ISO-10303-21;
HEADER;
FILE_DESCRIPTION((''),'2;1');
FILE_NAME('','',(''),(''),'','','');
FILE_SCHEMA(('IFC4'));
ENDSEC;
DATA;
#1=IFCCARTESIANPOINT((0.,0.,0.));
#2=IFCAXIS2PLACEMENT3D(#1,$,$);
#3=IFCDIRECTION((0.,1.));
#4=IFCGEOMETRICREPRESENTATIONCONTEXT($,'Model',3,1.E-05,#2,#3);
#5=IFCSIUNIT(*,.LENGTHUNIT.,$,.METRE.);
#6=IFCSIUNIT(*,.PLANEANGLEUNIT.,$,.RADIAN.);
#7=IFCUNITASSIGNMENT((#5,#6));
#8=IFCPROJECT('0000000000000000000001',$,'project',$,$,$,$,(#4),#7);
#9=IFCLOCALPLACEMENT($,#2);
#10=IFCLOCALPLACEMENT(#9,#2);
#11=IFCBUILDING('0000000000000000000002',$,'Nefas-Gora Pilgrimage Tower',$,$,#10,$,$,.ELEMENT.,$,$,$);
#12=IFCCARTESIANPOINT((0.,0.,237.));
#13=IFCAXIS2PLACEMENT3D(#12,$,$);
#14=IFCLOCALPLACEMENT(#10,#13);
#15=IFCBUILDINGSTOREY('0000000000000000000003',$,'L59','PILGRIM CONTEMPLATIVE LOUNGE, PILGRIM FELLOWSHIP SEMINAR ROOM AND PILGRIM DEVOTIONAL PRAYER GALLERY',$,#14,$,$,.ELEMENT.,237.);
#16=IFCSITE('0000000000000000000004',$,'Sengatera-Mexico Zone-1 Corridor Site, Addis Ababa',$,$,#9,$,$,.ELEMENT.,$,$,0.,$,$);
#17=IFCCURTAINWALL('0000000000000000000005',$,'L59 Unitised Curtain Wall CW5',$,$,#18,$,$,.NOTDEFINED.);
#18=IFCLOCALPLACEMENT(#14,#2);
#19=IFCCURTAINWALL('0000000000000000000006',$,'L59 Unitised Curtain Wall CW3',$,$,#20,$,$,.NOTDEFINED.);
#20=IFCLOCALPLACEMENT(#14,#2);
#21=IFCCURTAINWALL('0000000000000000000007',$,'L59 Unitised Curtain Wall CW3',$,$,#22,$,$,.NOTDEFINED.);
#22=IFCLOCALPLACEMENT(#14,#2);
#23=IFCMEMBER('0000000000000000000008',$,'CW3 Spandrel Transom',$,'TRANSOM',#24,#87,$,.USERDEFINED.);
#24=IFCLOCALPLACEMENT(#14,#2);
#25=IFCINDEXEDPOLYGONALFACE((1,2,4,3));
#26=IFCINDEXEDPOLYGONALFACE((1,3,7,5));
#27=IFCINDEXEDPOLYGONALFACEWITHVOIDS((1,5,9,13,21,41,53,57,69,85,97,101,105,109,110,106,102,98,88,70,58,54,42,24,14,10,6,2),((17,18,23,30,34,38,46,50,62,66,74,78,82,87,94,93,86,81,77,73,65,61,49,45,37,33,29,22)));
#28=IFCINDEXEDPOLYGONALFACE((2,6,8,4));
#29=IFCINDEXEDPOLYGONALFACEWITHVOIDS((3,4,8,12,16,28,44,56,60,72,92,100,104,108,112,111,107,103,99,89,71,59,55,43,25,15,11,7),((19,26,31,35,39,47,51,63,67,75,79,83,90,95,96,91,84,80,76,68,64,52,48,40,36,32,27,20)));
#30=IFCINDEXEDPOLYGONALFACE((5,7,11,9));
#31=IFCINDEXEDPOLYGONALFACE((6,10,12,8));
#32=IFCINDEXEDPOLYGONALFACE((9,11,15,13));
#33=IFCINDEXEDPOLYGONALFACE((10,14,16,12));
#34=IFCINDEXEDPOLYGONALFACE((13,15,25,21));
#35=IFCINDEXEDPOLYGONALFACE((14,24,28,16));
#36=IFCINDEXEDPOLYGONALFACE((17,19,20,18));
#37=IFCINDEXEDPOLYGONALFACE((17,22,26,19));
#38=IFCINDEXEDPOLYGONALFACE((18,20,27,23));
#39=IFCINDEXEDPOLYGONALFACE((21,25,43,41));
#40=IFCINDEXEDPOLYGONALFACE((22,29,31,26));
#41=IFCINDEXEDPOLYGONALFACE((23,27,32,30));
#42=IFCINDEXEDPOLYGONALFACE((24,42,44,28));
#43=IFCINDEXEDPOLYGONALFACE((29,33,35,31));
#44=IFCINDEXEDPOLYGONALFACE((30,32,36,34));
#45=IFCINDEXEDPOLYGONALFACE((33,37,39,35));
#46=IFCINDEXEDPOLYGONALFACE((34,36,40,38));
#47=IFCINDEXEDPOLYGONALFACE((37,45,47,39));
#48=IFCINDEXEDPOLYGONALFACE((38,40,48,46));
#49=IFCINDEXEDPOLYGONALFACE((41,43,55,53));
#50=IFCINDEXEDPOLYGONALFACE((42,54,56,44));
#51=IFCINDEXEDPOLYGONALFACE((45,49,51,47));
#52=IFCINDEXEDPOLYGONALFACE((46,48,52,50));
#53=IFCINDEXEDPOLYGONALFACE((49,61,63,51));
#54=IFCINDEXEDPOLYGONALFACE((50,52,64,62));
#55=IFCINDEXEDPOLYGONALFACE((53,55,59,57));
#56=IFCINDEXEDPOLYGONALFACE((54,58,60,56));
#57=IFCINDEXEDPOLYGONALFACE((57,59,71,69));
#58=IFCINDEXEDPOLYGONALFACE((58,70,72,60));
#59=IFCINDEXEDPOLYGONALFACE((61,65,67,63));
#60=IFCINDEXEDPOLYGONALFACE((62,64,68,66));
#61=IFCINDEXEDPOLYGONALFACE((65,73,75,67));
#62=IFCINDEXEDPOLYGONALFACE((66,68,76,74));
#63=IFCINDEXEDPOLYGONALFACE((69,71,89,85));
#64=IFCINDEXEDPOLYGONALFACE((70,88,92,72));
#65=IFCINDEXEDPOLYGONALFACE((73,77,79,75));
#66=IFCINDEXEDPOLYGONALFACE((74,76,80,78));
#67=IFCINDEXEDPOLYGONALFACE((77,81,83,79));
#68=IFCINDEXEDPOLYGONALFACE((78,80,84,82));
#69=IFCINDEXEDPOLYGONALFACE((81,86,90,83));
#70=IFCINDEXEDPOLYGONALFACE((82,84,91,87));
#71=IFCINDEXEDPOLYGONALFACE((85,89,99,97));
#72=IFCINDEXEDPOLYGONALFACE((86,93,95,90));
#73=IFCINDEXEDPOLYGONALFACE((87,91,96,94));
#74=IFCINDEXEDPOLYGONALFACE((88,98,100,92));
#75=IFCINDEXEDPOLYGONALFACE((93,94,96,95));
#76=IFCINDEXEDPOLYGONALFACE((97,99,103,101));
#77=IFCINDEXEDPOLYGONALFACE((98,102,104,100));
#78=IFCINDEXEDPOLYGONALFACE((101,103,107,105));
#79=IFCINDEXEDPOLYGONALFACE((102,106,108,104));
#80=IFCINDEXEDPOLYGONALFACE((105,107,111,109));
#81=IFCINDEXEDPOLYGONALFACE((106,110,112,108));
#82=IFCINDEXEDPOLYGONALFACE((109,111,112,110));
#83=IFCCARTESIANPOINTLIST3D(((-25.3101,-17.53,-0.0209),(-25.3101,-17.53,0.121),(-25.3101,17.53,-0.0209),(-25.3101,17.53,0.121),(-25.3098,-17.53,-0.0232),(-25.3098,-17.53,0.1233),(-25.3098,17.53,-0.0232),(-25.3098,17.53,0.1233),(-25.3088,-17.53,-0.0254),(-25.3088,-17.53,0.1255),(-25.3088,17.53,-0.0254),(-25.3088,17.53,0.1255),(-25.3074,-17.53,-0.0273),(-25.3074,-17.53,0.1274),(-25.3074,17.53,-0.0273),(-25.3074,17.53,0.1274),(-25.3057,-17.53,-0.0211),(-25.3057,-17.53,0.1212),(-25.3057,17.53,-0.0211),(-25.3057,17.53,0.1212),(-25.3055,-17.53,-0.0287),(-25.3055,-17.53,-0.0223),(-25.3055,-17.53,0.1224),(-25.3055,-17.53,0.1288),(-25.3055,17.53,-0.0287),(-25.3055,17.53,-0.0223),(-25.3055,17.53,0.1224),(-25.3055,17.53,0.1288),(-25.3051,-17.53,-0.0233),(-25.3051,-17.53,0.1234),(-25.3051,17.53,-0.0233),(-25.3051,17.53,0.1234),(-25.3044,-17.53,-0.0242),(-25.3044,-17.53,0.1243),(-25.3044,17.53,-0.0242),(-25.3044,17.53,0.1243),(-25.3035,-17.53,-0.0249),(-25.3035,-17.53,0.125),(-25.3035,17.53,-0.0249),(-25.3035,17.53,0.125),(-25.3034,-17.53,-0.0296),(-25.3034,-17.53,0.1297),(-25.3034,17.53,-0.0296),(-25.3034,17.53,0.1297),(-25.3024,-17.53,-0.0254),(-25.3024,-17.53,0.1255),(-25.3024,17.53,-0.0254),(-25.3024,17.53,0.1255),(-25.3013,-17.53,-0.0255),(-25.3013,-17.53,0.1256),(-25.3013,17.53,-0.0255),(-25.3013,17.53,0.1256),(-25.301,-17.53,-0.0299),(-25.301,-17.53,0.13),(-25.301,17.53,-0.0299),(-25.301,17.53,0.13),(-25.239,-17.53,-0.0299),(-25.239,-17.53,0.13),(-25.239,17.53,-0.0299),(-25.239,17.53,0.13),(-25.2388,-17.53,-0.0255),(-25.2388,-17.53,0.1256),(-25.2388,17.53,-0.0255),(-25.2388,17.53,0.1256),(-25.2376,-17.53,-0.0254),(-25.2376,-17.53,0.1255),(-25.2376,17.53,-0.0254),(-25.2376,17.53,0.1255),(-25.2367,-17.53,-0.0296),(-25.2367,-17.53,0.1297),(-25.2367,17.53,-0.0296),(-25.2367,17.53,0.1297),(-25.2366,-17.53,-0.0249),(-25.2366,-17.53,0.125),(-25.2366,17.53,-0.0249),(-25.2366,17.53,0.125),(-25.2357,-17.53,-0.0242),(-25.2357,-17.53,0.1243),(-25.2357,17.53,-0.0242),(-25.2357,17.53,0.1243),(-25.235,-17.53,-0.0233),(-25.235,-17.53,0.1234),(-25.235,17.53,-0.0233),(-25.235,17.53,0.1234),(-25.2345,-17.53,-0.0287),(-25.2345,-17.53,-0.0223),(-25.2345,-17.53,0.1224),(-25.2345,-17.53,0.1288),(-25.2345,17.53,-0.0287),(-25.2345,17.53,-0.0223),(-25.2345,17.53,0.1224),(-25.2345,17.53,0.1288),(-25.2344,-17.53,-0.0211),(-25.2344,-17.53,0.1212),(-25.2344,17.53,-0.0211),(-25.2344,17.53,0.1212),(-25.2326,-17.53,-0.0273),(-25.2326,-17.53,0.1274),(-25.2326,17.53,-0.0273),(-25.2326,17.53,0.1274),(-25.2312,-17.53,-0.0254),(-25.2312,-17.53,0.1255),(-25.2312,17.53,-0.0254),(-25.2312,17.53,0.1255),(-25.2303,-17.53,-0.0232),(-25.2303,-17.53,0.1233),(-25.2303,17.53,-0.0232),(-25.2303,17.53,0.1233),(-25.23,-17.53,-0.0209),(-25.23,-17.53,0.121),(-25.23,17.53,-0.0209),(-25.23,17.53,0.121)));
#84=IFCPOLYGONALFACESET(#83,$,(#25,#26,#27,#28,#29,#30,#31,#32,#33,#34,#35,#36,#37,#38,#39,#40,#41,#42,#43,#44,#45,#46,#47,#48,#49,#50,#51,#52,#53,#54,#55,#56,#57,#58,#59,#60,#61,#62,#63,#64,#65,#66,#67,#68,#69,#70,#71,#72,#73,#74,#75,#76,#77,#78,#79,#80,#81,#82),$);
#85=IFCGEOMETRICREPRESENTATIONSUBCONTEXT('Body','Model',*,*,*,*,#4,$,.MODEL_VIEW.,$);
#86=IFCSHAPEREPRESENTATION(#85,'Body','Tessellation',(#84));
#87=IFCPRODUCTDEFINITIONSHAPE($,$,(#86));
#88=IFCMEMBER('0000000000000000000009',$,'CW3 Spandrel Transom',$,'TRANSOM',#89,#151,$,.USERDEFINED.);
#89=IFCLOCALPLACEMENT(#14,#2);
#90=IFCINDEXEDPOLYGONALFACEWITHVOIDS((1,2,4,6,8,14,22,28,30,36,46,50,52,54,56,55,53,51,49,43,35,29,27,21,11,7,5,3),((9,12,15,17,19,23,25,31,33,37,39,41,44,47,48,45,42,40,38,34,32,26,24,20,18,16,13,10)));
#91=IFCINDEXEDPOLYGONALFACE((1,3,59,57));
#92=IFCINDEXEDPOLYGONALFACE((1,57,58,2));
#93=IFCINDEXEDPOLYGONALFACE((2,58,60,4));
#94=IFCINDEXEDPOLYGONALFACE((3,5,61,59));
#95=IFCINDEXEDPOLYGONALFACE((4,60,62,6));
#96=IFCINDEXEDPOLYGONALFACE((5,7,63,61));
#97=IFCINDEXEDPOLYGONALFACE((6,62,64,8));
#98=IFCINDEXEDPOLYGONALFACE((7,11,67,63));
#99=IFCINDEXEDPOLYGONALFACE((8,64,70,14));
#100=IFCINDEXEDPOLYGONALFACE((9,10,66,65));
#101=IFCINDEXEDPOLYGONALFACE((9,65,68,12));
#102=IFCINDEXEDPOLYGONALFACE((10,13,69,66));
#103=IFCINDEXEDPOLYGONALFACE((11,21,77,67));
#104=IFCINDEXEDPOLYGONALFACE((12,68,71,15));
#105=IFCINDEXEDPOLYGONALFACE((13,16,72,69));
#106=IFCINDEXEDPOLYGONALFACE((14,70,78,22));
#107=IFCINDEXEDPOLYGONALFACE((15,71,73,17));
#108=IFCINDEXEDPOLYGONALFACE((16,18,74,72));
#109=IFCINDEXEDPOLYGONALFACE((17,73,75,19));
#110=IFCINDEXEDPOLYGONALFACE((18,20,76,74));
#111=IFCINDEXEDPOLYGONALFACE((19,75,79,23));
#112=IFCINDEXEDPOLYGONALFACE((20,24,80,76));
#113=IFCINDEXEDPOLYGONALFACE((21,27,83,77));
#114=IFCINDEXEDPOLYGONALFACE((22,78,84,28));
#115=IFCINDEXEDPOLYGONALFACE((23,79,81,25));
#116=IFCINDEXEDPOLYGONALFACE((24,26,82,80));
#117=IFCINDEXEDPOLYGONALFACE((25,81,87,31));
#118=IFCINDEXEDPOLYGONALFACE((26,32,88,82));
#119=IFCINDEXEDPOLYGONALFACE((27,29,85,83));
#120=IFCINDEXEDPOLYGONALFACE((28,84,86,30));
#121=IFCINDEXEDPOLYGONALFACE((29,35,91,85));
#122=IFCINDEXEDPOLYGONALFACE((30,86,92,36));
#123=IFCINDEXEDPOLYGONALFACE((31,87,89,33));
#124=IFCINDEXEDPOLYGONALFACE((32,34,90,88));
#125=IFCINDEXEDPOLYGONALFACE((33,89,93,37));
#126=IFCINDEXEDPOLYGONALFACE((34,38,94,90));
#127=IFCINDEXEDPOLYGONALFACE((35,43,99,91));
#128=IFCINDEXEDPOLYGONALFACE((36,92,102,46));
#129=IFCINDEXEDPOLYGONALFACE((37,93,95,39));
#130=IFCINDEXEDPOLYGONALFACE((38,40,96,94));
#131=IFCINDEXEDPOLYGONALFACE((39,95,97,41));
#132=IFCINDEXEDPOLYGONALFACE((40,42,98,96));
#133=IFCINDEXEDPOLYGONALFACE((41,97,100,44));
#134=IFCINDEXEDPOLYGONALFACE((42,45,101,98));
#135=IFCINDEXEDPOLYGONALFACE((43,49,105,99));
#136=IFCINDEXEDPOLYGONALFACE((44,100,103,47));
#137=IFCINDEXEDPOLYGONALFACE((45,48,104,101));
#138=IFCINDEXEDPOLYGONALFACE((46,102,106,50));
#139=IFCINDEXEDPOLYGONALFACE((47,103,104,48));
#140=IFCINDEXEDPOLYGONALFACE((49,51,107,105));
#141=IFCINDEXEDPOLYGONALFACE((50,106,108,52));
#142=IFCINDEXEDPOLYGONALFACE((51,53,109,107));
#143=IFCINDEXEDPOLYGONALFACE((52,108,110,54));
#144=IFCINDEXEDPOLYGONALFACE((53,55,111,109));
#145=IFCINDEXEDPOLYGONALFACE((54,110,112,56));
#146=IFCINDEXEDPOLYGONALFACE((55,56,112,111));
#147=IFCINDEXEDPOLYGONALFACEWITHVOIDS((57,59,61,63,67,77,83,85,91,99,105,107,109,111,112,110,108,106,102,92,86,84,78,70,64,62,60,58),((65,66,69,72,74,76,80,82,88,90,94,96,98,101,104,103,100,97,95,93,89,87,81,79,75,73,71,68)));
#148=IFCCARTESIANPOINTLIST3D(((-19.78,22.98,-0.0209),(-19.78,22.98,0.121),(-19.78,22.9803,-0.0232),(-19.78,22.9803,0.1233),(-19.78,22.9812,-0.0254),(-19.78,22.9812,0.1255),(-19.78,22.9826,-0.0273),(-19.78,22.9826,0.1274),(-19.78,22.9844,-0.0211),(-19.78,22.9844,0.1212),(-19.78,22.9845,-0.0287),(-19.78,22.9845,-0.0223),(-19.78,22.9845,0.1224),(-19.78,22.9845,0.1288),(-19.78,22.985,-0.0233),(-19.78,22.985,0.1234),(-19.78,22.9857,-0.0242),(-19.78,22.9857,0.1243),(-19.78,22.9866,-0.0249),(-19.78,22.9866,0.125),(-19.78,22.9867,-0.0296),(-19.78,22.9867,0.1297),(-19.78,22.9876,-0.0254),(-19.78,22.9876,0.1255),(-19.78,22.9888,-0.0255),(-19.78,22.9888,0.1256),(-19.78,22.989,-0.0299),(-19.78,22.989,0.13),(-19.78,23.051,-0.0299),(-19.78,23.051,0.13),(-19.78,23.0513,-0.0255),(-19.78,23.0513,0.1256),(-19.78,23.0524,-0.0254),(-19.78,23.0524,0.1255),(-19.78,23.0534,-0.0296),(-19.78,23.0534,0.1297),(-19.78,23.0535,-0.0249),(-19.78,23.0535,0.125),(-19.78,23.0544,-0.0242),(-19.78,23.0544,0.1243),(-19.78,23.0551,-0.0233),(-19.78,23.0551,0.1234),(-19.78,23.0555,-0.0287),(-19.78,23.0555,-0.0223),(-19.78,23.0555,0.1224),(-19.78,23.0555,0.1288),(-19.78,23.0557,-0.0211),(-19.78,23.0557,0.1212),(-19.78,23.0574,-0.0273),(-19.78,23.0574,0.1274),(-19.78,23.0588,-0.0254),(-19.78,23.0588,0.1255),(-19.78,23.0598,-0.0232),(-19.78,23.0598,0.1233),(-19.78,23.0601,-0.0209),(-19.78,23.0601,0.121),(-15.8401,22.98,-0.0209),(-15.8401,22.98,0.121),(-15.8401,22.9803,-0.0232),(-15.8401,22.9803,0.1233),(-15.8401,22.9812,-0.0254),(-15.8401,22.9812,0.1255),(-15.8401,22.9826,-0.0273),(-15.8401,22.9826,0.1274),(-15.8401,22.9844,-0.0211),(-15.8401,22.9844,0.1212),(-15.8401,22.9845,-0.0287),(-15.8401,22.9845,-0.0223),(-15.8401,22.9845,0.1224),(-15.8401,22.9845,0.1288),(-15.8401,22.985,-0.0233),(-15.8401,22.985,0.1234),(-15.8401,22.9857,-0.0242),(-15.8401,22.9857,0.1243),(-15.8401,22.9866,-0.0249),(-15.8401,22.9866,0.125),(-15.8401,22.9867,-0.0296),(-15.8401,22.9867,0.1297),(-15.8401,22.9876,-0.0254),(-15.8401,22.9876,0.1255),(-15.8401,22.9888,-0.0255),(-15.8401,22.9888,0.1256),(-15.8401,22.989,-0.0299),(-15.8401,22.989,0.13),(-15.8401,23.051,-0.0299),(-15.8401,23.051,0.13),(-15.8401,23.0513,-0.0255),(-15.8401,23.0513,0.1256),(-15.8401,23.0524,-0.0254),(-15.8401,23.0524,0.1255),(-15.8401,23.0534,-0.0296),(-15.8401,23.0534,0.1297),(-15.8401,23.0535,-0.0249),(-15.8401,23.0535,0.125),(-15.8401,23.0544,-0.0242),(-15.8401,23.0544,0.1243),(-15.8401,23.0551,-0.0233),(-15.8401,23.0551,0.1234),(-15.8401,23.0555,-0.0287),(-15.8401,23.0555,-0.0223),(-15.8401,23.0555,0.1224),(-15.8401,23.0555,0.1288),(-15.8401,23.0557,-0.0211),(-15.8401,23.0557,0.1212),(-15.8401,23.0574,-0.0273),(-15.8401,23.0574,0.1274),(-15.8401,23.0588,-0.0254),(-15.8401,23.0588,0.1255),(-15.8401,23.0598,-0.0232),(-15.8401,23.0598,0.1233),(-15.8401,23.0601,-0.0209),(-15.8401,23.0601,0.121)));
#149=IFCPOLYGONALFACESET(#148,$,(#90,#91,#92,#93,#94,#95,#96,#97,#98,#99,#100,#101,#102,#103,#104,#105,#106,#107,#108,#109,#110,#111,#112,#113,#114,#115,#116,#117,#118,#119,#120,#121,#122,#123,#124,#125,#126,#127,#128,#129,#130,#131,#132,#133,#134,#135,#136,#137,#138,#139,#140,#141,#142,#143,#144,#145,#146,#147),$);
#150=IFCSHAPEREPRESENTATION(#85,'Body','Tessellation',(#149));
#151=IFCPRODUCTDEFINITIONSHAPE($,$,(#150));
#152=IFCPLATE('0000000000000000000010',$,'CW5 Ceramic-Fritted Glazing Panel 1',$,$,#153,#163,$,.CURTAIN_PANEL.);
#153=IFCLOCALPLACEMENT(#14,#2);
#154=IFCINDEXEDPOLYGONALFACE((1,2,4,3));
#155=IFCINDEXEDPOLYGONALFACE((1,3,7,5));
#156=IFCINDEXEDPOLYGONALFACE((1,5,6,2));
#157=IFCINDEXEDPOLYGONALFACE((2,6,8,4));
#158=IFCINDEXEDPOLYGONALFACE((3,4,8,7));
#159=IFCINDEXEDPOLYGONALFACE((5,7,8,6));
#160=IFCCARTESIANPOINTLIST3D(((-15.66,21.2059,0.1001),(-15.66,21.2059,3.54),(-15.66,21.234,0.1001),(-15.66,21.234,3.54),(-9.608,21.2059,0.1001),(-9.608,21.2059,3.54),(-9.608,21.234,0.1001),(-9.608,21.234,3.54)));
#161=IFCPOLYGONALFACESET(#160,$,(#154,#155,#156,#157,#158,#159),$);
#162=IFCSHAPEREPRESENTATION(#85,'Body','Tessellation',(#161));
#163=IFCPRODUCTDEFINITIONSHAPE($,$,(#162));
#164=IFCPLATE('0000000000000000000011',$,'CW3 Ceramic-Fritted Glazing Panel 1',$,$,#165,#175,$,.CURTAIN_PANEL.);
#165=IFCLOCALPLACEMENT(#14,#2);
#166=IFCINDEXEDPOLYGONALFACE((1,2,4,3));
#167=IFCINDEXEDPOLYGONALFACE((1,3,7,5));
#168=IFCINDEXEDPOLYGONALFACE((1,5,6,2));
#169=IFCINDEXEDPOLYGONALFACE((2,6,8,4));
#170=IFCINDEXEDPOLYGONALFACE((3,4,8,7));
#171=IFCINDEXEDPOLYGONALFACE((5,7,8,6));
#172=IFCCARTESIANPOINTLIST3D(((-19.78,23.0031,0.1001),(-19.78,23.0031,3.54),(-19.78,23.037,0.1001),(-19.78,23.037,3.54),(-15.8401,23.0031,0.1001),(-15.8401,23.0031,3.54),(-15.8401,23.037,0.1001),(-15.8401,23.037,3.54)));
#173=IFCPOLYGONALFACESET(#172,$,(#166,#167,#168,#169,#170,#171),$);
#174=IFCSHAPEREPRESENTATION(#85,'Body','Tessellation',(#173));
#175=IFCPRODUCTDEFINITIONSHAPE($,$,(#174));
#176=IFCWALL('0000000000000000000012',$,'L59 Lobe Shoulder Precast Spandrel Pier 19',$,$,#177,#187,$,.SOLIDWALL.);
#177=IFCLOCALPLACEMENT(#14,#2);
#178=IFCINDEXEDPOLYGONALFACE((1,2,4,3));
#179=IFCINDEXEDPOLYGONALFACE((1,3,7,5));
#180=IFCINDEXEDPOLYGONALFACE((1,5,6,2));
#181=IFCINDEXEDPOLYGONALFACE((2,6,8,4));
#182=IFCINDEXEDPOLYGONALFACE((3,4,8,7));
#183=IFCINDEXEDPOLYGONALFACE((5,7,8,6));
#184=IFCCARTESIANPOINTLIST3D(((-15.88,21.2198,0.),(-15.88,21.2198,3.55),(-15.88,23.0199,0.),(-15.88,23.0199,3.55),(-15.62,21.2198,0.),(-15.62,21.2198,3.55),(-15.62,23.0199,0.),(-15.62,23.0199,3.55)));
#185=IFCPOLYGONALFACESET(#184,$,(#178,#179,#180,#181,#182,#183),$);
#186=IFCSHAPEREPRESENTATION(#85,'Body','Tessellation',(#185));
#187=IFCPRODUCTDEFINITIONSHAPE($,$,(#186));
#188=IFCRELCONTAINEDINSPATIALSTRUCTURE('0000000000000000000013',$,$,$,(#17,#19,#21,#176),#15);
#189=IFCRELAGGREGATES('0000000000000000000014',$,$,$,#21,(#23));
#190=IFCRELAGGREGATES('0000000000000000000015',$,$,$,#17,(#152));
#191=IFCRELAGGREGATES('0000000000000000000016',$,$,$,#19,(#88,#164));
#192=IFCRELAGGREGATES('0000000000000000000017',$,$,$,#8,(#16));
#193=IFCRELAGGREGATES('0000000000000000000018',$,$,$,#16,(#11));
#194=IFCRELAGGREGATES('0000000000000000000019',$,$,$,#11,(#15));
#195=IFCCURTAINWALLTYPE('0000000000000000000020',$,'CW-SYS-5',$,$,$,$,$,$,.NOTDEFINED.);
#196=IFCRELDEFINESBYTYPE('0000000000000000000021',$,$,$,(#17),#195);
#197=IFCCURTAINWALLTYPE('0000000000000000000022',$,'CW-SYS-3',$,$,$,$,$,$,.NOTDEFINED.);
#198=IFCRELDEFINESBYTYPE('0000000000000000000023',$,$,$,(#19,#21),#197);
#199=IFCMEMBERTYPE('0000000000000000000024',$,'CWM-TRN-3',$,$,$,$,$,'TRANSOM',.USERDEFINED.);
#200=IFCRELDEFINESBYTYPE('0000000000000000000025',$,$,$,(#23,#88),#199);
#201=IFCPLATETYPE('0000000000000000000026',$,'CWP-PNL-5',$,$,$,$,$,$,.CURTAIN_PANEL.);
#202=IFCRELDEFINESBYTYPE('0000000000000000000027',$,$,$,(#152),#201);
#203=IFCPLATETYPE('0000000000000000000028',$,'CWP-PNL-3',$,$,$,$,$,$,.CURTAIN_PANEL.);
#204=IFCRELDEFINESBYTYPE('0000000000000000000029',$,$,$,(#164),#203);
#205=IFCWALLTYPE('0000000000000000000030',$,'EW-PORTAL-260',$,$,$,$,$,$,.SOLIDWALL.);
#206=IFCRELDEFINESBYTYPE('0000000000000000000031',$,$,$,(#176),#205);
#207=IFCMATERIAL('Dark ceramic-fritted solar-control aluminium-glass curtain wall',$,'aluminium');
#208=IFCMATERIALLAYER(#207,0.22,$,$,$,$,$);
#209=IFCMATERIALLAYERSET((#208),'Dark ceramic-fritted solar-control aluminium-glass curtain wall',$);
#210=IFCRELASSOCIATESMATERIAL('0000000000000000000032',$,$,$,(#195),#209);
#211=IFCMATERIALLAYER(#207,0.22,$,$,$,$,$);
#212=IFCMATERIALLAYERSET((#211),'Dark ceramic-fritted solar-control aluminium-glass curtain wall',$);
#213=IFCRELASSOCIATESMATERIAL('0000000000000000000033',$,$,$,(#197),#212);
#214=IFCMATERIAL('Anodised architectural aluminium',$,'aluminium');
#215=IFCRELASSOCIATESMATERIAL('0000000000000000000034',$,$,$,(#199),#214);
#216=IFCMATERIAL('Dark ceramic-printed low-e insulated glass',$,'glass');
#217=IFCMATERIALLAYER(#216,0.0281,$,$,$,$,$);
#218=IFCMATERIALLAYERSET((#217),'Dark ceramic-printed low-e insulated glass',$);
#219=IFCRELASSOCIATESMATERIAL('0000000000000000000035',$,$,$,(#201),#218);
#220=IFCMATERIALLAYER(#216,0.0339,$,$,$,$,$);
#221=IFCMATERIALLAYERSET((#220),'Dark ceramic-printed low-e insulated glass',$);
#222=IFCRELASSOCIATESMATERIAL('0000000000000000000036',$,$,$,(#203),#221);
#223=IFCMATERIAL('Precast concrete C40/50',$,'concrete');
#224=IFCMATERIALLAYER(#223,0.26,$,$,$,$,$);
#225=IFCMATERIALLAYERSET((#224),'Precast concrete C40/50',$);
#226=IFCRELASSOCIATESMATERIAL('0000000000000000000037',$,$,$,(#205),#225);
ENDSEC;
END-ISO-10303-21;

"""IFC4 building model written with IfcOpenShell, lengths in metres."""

from ifc_helpers import new_model, si_unit, direction, frame, frame_2d, origin, origin_2d, place, context, subcontext, project, spatial, rectangle, hollow_rectangle, extrude, source, transform, mapped, material, layer, layer_set, material_profile, profile_set, type_object, element, aggregate, save


model = new_model("IFC4")

# Units and contexts
model_context = context("Model", 3, precision=1e-05, world=origin(), true_north=direction((0.0, 1.0)))
body_context = subcontext(model_context, "Body", "Model", "MODEL_VIEW")
ifc_project = project(units=[si_unit("LENGTHUNIT", "METRE"), si_unit("PLANEANGLEUNIT", "RADIAN")], contexts=[model_context])

# Site, building, storey
site_placement = place(None, origin())
site = spatial("IfcSite", under=ifc_project, at=site_placement, Name="Sengatera-Mexico Zone-1 Corridor Site, Addis Ababa", CompositionType="ELEMENT", RefElevation=0.0)
building_placement = place(site_placement, origin())
building = spatial("IfcBuilding", under=site, at=building_placement, Name="Nefas-Gora Pilgrimage Tower", CompositionType="ELEMENT")
storey_placement = place(building_placement, frame((0.0, 0.0, 237.0)))
storey = spatial("IfcBuildingStorey", under=building, at=storey_placement, Name="L59", Description="PILGRIM CONTEMPLATIVE LOUNGE, PILGRIM FELLOWSHIP SEMINAR ROOM AND PILGRIM DEVOTIONAL PRAYER GALLERY", CompositionType="ELEMENT", Elevation=237.0)

# Curtain walls, member
ifc_material_1 = material(Name="Dark ceramic-fritted solar-control aluminium-glass curtain wall", Category="aluminium")
ifc_layer_1 = layer(ifc_material_1, 0.22)
ifc_layer_set_1 = layer_set([ifc_layer_1], Name="Dark ceramic-fritted solar-control aluminium-glass curtain wall")
curtain_wall_type_1 = type_object("IfcCurtainWallType", Name="CW-SYS-5", PredefinedType="NOTDEFINED", material=ifc_layer_set_1)
curtain_wall_1_placement = place(storey_placement, origin())
curtain_wall_1 = element("IfcCurtainWall", 1, at=curtain_wall_1_placement, inside=storey, type_object=curtain_wall_type_1, Name="L59 Unitised Curtain Wall CW5", PredefinedType="NOTDEFINED")
ifc_material_2 = material(Name="Anodised architectural aluminium", Category="aluminium")
ifc_layer_2 = layer(ifc_material_1, 0.22)
ifc_layer_set_2 = layer_set([ifc_layer_2], Name="Dark ceramic-fritted solar-control aluminium-glass curtain wall")
curtain_wall_type_2 = type_object("IfcCurtainWallType", Name="CW-SYS-3", PredefinedType="NOTDEFINED", material=ifc_layer_set_2)
curtain_wall_2_placement = place(storey_placement, origin())
curtain_wall_2 = element("IfcCurtainWall", 2, at=curtain_wall_2_placement, inside=storey, type_object=curtain_wall_type_2, Name="L59 Unitised Curtain Wall CW3", PredefinedType="NOTDEFINED")
curtain_wall_3_placement = place(storey_placement, origin())
curtain_wall_3 = element("IfcCurtainWall", 3, at=curtain_wall_3_placement, inside=storey, type_object=curtain_wall_type_2, Name="L59 Unitised Curtain Wall CW3", PredefinedType="NOTDEFINED")
ifc_material_profile_1 = material_profile(ifc_material_2, hollow_rectangle(XDim=0.0801, YDim=0.1599, WallThickness=0.0044, InnerFilletRadius=0.0044, OuterFilletRadius=0.009, at=origin_2d()), Name="ALU TRANSOM 80x160")
ifc_profile_set_1 = profile_set([ifc_material_profile_1], Name="Anodised architectural aluminium")
member_type_1 = type_object("IfcMemberType", Name="CWM-TRN-3", ElementType="TRANSOM", PredefinedType="USERDEFINED", material=ifc_profile_set_1)
shared_shape_1 = source(origin(), body_context, "Body", "SweptSolid", [
    extrude(hollow_rectangle(XDim=0.0801, YDim=0.1599, WallThickness=0.0044, InnerFilletRadius=0.0044, OuterFilletRadius=0.009, at=origin_2d()), origin(), (0.0, 0.0, 1.0), 35.0601),
])
member_1_placement = place(storey_placement, frame((-25.27, 17.53, 0.05), z_axis=(0.0, -1.0, 0.0), x_axis=(1.0, 0.0, 0.0)))
member_1 = element("IfcMember", 4, at=member_1_placement, type_object=member_type_1, Name="CW3 Spandrel Transom", ObjectType="TRANSOM", PredefinedType="USERDEFINED", context=body_context, shape_type="MappedRepresentation", body=[
    mapped(shared_shape_1, transform((0.0, 0.0, 0.0), x_axis=(1.0, 0.0, 0.0), y_axis=(0.0, 1.0, 0.0), z_axis=(0.0, 0.0, 1.0), scale=1.0)),
])
aggregate(curtain_wall_3, [member_1])

# Member
shared_shape_2 = source(origin(), body_context, "Body", "SweptSolid", [
    extrude(hollow_rectangle(XDim=0.0801, YDim=0.1599, WallThickness=0.0044, InnerFilletRadius=0.0044, OuterFilletRadius=0.009, at=origin_2d()), origin(), (0.0, 0.0, 1.0), 3.9399),
])
member_2_placement = place(storey_placement, frame((-15.8401, 23.02, 0.05), z_axis=(-1.0, 0.0, 0.0), x_axis=(0.0, -1.0, 0.0)))
member_2 = element("IfcMember", 5, at=member_2_placement, type_object=member_type_1, Name="CW3 Spandrel Transom", ObjectType="TRANSOM", PredefinedType="USERDEFINED", context=body_context, shape_type="MappedRepresentation", body=[
    mapped(shared_shape_2, transform((0.0, 0.0, 0.0), x_axis=(1.0, 0.0, 0.0), y_axis=(0.0, 1.0, 0.0), z_axis=(0.0, 0.0, 1.0), scale=1.0)),
])

# Plates
ifc_material_3 = material(Name="Dark ceramic-printed low-e insulated glass", Category="glass")
ifc_layer_3 = layer(ifc_material_3, 0.0281)
ifc_layer_set_3 = layer_set([ifc_layer_3], Name="Dark ceramic-printed low-e insulated glass")
plate_type_1 = type_object("IfcPlateType", Name="CWP-PNL-5", PredefinedType="CURTAIN_PANEL", material=ifc_layer_set_3)
shared_shape_3 = source(origin(), body_context, "Body", "SweptSolid", [
    extrude(rectangle(XDim=6.052, YDim=0.0281, at=origin_2d()), origin(), (0.0, 0.0, 1.0), 3.4399),
])
plate_1_placement = place(storey_placement, frame((-12.634, 21.22, 0.1001), z_axis=(0.0, 0.0, 1.0), x_axis=(-1.0, 0.0, 0.0)))
plate_1 = element("IfcPlate", 6, at=plate_1_placement, type_object=plate_type_1, Name="CW5 Ceramic-Fritted Glazing Panel 1", PredefinedType="CURTAIN_PANEL", context=body_context, shape_type="MappedRepresentation", body=[
    mapped(shared_shape_3, transform((0.0, 0.0, 0.0), x_axis=(1.0, 0.0, 0.0), y_axis=(0.0, 1.0, 0.0), z_axis=(0.0, 0.0, 1.0), scale=1.0)),
])
aggregate(curtain_wall_1, [plate_1])
ifc_layer_4 = layer(ifc_material_3, 0.0339)
ifc_layer_set_4 = layer_set([ifc_layer_4], Name="Dark ceramic-printed low-e insulated glass")
plate_type_2 = type_object("IfcPlateType", Name="CWP-PNL-3", PredefinedType="CURTAIN_PANEL", material=ifc_layer_set_4)
shared_shape_4 = source(origin(), body_context, "Body", "SweptSolid", [
    extrude(rectangle(XDim=3.9399, YDim=0.0339, at=origin_2d()), origin(), (0.0, 0.0, 1.0), 3.4399),
])
plate_2_placement = place(storey_placement, frame((-17.8101, 23.02, 0.1001), z_axis=(0.0, 0.0, 1.0), x_axis=(-1.0, 0.0, 0.0)))
plate_2 = element("IfcPlate", 7, at=plate_2_placement, type_object=plate_type_2, Name="CW3 Ceramic-Fritted Glazing Panel 1", PredefinedType="CURTAIN_PANEL", context=body_context, shape_type="MappedRepresentation", body=[
    mapped(shared_shape_4, transform((0.0, 0.0, 0.0), x_axis=(1.0, 0.0, 0.0), y_axis=(0.0, 1.0, 0.0), z_axis=(0.0, 0.0, 1.0), scale=1.0)),
])
aggregate(curtain_wall_2, [member_2, plate_2])

# Wall
ifc_material_4 = material(Name="Precast concrete C40/50", Category="concrete")
ifc_layer_5 = layer(ifc_material_4, 0.26)
ifc_layer_set_5 = layer_set([ifc_layer_5], Name="Precast concrete C40/50")
wall_type_1 = type_object("IfcWallType", Name="EW-PORTAL-260", PredefinedType="SOLIDWALL", material=ifc_layer_set_5)
shared_shape_5 = source(origin(), body_context, "Body", "SweptSolid", [
    extrude(rectangle(XDim=1.8, YDim=0.26, at=frame_2d((0.8999, 0.0))), origin(), (0.0, 0.0, 1.0), 3.55),
])
wall_1_placement = place(storey_placement, frame((-15.75, 21.22, 0.0), z_axis=(0.0, 0.0, 1.0), x_axis=(0.0, 1.0, 0.0)))
element("IfcWall", 8, at=wall_1_placement, inside=storey, type_object=wall_type_1, Name="L59 Lobe Shoulder Precast Spandrel Pier 19", PredefinedType="SOLIDWALL", context=body_context, shape_type="MappedRepresentation", body=[
    mapped(shared_shape_5, transform((0.0, 0.0, 0.0), x_axis=(1.0, 0.0, 0.0), y_axis=(0.0, 1.0, 0.0), z_axis=(0.0, 0.0, 1.0), scale=1.0)),
])

save(model, "model.ifc")
